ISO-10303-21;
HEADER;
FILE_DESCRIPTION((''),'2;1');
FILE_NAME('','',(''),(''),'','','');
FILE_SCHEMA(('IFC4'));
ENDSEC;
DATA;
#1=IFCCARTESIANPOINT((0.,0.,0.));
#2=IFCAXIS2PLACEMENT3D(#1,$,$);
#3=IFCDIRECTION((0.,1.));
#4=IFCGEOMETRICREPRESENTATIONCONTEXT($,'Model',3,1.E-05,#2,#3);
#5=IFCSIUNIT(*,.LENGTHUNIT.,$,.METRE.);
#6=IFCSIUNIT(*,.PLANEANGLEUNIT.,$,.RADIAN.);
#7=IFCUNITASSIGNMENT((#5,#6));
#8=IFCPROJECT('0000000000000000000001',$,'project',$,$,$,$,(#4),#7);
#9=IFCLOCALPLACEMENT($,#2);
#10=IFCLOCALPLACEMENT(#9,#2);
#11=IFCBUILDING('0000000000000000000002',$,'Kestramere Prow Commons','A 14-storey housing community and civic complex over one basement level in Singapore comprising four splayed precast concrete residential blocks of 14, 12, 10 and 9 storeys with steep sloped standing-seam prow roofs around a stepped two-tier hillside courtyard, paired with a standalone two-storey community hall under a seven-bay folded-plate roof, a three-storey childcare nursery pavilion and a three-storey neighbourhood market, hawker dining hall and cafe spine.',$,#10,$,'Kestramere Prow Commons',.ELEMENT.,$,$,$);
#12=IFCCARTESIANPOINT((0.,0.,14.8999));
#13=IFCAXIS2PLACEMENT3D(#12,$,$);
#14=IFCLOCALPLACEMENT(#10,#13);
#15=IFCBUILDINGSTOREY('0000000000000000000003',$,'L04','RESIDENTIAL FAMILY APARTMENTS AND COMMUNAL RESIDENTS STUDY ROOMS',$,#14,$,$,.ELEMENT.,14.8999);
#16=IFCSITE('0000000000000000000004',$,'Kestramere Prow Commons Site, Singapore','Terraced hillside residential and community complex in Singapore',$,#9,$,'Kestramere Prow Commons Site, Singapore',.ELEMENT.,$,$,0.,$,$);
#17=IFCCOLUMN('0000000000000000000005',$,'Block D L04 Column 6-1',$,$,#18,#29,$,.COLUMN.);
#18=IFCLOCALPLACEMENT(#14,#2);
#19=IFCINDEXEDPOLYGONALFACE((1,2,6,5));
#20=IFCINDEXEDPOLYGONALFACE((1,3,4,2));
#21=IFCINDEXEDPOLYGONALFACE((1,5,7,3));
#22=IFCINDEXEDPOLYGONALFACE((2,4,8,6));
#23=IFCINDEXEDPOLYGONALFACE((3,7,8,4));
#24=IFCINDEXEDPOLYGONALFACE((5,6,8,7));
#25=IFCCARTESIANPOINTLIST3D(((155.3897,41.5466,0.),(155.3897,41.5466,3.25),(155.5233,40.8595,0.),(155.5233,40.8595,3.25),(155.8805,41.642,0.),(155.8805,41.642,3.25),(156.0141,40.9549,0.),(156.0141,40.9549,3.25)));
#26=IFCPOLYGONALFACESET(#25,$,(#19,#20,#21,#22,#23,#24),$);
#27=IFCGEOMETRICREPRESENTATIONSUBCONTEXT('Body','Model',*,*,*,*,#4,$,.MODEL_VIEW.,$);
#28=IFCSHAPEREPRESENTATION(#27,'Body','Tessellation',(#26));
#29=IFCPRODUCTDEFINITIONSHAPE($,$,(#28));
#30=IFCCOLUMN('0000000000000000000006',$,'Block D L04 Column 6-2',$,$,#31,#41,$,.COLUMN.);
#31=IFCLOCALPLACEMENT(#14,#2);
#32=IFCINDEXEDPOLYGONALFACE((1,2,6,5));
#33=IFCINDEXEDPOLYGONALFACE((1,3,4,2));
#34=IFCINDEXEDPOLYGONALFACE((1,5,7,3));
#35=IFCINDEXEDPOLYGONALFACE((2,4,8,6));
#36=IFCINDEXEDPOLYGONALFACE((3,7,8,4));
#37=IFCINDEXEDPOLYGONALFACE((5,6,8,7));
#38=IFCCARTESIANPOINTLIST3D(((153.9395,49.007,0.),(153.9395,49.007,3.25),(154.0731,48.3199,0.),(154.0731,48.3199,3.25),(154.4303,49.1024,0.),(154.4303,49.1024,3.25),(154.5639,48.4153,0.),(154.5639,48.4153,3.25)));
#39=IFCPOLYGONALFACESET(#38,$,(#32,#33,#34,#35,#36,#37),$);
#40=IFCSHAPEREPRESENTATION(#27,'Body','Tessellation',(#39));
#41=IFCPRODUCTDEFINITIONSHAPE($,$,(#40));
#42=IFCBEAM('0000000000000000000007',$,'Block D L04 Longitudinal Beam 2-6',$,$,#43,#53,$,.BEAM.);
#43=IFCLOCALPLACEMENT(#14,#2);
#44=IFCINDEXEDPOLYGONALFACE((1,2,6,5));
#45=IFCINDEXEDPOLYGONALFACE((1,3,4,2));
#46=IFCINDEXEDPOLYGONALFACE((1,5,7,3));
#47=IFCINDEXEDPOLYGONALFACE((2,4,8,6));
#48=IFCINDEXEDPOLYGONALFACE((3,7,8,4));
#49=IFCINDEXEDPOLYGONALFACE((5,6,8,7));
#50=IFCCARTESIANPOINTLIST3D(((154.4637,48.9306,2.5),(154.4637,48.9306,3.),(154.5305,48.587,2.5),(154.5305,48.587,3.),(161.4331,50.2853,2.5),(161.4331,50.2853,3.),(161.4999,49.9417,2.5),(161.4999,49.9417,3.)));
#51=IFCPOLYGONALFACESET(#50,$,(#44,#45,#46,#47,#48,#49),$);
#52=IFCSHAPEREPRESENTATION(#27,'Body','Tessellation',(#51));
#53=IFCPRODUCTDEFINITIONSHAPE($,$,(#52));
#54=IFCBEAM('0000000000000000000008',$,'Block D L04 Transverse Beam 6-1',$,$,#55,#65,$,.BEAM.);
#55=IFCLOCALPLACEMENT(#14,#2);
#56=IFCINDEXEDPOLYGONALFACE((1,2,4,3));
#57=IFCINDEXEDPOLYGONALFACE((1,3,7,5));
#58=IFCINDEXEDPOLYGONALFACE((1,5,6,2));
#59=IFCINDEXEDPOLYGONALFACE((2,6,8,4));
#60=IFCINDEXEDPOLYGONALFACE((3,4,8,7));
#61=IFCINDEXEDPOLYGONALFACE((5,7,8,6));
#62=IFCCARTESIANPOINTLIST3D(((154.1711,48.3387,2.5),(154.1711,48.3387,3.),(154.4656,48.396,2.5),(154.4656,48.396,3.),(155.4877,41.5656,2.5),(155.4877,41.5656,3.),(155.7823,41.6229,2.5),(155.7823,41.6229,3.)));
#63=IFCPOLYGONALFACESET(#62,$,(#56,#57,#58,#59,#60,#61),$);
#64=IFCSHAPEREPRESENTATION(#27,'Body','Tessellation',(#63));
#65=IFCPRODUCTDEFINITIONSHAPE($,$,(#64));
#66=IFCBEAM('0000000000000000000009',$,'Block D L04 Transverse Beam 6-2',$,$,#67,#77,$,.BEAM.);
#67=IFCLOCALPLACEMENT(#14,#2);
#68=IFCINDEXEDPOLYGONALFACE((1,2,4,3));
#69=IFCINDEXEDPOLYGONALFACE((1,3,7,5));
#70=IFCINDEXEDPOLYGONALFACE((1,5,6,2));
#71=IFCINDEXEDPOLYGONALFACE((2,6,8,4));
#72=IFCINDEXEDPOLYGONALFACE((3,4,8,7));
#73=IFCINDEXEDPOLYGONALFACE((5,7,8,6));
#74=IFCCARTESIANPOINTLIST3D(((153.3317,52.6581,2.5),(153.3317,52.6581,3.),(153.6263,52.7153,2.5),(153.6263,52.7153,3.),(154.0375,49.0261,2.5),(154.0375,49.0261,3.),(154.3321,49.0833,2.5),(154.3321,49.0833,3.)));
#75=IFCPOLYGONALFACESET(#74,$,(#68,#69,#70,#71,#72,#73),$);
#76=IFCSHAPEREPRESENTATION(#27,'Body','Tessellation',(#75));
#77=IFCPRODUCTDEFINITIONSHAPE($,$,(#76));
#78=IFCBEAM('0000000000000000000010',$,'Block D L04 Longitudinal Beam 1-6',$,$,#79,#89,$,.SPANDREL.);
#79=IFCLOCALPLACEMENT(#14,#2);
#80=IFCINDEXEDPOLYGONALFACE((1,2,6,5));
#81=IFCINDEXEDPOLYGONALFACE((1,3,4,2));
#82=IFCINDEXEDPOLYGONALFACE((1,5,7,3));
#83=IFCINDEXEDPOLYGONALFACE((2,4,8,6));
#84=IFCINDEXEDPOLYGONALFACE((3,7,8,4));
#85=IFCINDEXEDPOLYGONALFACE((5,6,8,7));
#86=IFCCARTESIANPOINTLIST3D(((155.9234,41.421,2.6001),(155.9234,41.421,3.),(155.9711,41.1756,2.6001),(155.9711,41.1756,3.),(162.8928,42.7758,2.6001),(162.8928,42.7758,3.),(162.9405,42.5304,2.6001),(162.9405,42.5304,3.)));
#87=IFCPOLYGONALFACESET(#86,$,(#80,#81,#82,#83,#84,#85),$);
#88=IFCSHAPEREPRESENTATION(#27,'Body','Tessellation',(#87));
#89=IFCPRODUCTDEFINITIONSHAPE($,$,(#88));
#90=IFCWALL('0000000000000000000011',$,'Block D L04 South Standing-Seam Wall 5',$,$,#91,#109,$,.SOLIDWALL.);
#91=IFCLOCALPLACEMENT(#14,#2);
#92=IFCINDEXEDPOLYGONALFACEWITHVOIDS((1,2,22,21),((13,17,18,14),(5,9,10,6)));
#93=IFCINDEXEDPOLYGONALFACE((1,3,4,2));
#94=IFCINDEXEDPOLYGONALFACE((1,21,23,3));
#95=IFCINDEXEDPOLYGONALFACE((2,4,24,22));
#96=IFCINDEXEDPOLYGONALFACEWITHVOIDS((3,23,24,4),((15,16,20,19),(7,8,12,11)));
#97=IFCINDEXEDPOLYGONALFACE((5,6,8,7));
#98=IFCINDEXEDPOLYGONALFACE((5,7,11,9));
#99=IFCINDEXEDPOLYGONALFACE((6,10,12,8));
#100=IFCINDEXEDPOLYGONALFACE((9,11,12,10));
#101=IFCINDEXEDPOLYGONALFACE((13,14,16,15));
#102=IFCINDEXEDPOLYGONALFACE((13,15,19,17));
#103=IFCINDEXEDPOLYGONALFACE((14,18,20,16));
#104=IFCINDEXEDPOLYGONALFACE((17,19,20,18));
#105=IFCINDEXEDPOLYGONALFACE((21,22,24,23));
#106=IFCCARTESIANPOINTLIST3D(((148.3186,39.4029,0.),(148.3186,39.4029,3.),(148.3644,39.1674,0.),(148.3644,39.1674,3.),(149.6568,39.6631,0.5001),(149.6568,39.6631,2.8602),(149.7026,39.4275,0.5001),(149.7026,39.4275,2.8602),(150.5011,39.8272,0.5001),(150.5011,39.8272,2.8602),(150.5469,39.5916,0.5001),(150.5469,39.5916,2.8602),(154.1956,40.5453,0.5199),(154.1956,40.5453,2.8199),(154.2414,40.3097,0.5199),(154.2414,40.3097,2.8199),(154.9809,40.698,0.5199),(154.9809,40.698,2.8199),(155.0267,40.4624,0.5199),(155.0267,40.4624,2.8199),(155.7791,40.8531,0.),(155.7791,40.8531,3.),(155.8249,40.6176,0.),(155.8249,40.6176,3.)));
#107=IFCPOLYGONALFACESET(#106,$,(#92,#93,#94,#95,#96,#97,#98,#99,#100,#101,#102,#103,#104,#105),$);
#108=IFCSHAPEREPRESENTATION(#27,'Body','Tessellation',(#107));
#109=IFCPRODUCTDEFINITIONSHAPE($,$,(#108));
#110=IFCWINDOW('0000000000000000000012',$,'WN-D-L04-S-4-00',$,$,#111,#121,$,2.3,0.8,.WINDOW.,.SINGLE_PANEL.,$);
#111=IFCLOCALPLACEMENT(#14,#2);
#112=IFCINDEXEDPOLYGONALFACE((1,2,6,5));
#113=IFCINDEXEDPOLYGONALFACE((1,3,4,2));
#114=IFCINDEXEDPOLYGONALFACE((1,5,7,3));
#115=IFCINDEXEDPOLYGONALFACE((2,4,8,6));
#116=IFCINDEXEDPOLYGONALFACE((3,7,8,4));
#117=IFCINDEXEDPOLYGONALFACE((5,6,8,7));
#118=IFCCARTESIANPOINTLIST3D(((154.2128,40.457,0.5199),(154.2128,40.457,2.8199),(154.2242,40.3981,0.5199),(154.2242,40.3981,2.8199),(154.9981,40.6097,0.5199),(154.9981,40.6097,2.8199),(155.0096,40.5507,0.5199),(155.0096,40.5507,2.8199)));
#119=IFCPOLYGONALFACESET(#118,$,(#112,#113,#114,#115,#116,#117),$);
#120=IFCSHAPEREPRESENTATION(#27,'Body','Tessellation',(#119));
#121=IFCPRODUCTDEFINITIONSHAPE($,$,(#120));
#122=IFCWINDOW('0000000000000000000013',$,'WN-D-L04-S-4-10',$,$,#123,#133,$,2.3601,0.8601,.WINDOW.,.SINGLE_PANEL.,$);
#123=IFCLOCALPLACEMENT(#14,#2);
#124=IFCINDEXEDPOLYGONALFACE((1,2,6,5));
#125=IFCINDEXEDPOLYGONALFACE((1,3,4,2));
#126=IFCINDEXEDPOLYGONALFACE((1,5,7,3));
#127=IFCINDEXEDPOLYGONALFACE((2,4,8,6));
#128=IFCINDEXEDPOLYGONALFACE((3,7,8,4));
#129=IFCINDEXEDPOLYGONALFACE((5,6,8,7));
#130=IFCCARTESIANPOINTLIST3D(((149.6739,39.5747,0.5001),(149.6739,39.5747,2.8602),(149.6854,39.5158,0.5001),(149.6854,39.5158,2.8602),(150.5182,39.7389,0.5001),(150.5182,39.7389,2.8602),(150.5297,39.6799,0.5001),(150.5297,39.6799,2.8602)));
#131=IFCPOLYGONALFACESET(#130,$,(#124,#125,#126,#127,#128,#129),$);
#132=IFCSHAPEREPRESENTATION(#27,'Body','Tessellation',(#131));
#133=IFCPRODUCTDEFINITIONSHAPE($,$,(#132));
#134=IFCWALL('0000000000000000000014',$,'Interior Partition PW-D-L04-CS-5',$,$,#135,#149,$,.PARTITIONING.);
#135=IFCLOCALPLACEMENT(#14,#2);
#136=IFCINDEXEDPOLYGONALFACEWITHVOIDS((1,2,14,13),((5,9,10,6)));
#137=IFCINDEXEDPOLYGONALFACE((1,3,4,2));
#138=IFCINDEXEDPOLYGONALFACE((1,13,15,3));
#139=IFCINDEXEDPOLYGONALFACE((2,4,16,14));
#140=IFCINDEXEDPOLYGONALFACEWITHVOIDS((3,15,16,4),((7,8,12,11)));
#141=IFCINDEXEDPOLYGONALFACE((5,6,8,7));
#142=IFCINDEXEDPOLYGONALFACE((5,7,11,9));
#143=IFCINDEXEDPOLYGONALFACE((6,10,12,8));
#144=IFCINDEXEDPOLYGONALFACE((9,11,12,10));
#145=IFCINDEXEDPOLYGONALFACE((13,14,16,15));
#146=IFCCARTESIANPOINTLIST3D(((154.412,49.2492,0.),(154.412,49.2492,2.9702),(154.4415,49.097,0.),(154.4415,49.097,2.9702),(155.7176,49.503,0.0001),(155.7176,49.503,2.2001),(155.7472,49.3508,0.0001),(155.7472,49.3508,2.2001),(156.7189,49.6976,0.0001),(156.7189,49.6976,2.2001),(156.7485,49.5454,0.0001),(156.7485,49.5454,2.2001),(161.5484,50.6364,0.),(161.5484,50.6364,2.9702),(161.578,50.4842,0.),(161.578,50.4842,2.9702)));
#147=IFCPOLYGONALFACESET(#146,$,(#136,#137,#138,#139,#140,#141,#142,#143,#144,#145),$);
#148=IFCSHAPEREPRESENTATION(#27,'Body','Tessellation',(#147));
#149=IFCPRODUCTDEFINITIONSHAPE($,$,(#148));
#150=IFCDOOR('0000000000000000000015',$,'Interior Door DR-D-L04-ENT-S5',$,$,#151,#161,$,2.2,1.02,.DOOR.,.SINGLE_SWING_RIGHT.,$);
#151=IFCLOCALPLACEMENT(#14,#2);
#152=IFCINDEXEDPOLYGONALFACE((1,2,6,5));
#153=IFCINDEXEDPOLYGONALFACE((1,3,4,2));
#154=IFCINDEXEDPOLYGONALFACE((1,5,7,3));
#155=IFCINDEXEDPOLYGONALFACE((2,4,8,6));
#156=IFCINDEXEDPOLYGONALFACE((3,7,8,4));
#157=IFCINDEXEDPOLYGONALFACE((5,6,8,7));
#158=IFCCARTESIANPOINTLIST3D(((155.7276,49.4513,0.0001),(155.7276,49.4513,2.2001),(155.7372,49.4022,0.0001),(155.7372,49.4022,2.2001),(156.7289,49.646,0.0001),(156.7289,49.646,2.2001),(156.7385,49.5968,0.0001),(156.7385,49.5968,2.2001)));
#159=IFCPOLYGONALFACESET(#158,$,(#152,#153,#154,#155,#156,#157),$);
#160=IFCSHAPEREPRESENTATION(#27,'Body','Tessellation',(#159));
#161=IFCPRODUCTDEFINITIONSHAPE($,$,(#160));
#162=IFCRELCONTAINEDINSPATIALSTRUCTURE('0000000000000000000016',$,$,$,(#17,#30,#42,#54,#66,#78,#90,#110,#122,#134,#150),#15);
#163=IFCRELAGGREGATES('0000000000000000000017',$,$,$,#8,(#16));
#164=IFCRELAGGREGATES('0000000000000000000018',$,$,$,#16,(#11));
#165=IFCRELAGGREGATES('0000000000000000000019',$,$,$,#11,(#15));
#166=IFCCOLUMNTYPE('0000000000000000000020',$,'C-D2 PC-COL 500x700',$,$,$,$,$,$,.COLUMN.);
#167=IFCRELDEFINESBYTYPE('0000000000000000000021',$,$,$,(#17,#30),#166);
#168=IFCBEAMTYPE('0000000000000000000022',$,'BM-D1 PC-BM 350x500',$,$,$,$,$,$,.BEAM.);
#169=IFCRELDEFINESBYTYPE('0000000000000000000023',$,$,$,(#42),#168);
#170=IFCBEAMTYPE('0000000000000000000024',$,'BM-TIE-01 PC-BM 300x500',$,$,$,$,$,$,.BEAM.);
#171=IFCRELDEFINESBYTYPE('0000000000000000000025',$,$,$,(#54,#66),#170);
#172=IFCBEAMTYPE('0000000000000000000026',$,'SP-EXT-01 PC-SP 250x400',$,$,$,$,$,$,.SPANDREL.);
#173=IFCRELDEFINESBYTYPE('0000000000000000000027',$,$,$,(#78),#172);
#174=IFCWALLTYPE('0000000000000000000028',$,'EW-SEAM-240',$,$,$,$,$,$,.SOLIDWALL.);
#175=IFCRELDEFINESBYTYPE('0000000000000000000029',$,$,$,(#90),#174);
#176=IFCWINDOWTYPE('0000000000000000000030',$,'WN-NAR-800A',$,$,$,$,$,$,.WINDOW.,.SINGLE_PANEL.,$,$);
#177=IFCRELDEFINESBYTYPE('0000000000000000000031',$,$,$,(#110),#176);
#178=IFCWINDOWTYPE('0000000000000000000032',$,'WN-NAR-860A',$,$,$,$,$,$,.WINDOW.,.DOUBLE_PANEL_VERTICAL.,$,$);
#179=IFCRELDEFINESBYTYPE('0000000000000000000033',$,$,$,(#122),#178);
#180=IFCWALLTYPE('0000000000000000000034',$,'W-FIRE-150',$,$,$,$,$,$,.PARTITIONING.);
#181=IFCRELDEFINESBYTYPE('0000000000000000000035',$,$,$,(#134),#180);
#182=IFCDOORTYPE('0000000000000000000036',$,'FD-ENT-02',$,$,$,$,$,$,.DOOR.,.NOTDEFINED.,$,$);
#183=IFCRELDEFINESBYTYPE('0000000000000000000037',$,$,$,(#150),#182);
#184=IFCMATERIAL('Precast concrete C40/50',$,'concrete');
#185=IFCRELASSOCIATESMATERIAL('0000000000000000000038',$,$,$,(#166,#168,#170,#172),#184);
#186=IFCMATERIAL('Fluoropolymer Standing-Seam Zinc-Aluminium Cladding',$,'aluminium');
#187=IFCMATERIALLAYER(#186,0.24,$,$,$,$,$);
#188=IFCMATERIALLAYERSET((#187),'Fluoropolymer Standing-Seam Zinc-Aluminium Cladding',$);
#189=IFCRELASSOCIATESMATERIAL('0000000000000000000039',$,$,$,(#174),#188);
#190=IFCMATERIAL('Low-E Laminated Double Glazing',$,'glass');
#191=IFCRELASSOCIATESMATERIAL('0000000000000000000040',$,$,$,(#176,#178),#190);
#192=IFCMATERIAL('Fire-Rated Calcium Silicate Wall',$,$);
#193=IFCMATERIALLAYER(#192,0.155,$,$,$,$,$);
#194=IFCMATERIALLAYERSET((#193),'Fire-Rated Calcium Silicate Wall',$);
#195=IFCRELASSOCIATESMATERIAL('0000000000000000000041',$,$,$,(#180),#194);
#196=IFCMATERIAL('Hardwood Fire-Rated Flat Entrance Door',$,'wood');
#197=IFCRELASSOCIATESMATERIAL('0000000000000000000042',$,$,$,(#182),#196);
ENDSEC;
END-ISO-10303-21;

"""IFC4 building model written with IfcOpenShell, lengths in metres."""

from ifc_helpers import new_model, si_unit, direction, frame, frame_2d, origin, origin_2d, place, context, subcontext, project, spatial, rectangle, extrude, material, layer, layer_set, material_profile, profile_set, type_object, element, fill, save


model = new_model("IFC4")

# Units and contexts
model_context = context("Model", 3, precision=1e-05, world=origin(), true_north=direction((0.0, 1.0)))
body_context = subcontext(model_context, "Body", "Model", "MODEL_VIEW")
ifc_project = project(units=[si_unit("LENGTHUNIT", "METRE"), si_unit("PLANEANGLEUNIT", "RADIAN")], contexts=[model_context])

# Site, building, storey
site_placement = place(None, origin())
site = spatial("IfcSite", under=ifc_project, at=site_placement, Name="Kestramere Prow Commons Site, Singapore", Description="Terraced hillside residential and community complex in Singapore", LongName="Kestramere Prow Commons Site, Singapore", CompositionType="ELEMENT", RefElevation=0.0)
building_placement = place(site_placement, origin())
building = spatial("IfcBuilding", under=site, at=building_placement, Name="Kestramere Prow Commons", Description="A 14-storey housing community and civic complex over one basement level in Singapore comprising four splayed precast concrete residential blocks of 14, 12, 10 and 9 storeys with steep sloped standing-seam prow roofs around a stepped two-tier hillside courtyard, paired with a standalone two-storey community hall under a seven-bay folded-plate roof, a three-storey childcare nursery pavilion and a three-storey neighbourhood market, hawker dining hall and cafe spine.", LongName="Kestramere Prow Commons", CompositionType="ELEMENT")
storey_placement = place(building_placement, frame((0.0, 0.0, 14.8999)))
storey = spatial("IfcBuildingStorey", under=building, at=storey_placement, Name="L04", Description="RESIDENTIAL FAMILY APARTMENTS AND COMMUNAL RESIDENTS STUDY ROOMS", CompositionType="ELEMENT", Elevation=14.8999)

# Columns
ifc_material_1 = material(Name="Precast concrete C40/50", Category="concrete")
ifc_material_profile_1 = material_profile(ifc_material_1, rectangle(XDim=0.5, YDim=0.7, at=origin_2d()), Name="PC-COL 500x700")
ifc_profile_set_1 = profile_set([ifc_material_profile_1], Name="Precast concrete C40/50")
column_type = type_object("IfcColumnType", Name="C-D2 PC-COL 500x700", PredefinedType="COLUMN", material=ifc_profile_set_1)
for number, where, z_axis, x_axis, name in (
    (1, (155.7019, 41.2507, 0.0), (0.0, 0.0, 1.0), (0.981627, 0.190809, 0.0), "Block D L04 Column 6-1"),
    (2, (154.2517, 48.7112, 0.0), (0.0, 0.0, 1.0), (0.981627, 0.190809, 0.0), "Block D L04 Column 6-2"),
):
    element("IfcColumn", number, at=place(storey_placement, frame(where, z_axis=z_axis, x_axis=x_axis)), inside=storey, type_object=column_type, Name=name, PredefinedType="COLUMN", context=body_context, shape_type="SweptSolid", body=[
        extrude(rectangle(XDim=0.5, YDim=0.7, at=origin_2d()), origin(), (0.0, 0.0, 1.0), 3.25),
    ])

# Beams
ifc_material_profile_2 = material_profile(ifc_material_1, rectangle(XDim=0.3501, YDim=0.5, at=origin_2d()), Name="PC-BM 350x500")
ifc_profile_set_2 = profile_set([ifc_material_profile_2], Name="Precast concrete C40/50")
beam_type_1 = type_object("IfcBeamType", Name="BM-D1 PC-BM 350x500", PredefinedType="BEAM", material=ifc_profile_set_2)
beam_1_placement = place(storey_placement, frame((154.4971, 48.7588, 2.75), z_axis=(0.981627, 0.19081, 0.0), x_axis=(-0.19081, 0.981627, 0.0)))
element("IfcBeam", 3, at=beam_1_placement, inside=storey, type_object=beam_type_1, Name="Block D L04 Longitudinal Beam 2-6", PredefinedType="BEAM", context=body_context, shape_type="SweptSolid", body=[
    extrude(rectangle(XDim=0.3501, YDim=0.5, at=origin_2d()), origin(), (0.0, 0.0, 1.0), 7.0999),
])
ifc_material_profile_3 = material_profile(ifc_material_1, rectangle(XDim=0.3, YDim=0.5, at=origin_2d()), Name="PC-BM 300x500")
ifc_profile_set_3 = profile_set([ifc_material_profile_3], Name="Precast concrete C40/50")
beam_type_2 = type_object("IfcBeamType", Name="BM-TIE-01 PC-BM 300x500", PredefinedType="BEAM", material=ifc_profile_set_3)
beam_2_placement = place(storey_placement, frame((155.635, 41.5942, 2.75), z_axis=(-0.190819, 0.981625, 0.0), x_axis=(-0.981625, -0.190819, 0.0)))
element("IfcBeam", 4, at=beam_2_placement, inside=storey, type_object=beam_type_2, Name="Block D L04 Transverse Beam 6-1", PredefinedType="BEAM", context=body_context, shape_type="SweptSolid", body=[
    extrude(rectangle(XDim=0.3, YDim=0.5, at=origin_2d()), origin(), (0.0, 0.0, 1.0), 6.8999),
])
beam_3_placement = place(storey_placement, frame((154.1848, 49.0547, 2.75), z_axis=(-0.190758, 0.981637, 0.0), x_axis=(-0.981637, -0.190758, 0.0)))
element("IfcBeam", 5, at=beam_3_placement, inside=storey, type_object=beam_type_2, Name="Block D L04 Transverse Beam 6-2", PredefinedType="BEAM", context=body_context, shape_type="SweptSolid", body=[
    extrude(rectangle(XDim=0.3, YDim=0.5, at=origin_2d()), origin(), (0.0, 0.0, 1.0), 3.7),
])
ifc_material_profile_4 = material_profile(ifc_material_1, rectangle(XDim=0.25, YDim=0.3999, at=origin_2d()), Name="PC-SP 250x400")
ifc_profile_set_4 = profile_set([ifc_material_profile_4], Name="Precast concrete C40/50")
beam_type_3 = type_object("IfcBeamType", Name="SP-EXT-01 PC-SP 250x400", PredefinedType="SPANDREL", material=ifc_profile_set_4)
beam_4_placement = place(storey_placement, frame((155.9473, 41.2983, 2.8), z_axis=(0.981627, 0.19081, 0.0), x_axis=(-0.19081, 0.981627, 0.0)))
element("IfcBeam", 6, at=beam_4_placement, inside=storey, type_object=beam_type_3, Name="Block D L04 Longitudinal Beam 1-6", PredefinedType="SPANDREL", context=body_context, shape_type="SweptSolid", body=[
    extrude(rectangle(XDim=0.25, YDim=0.3999, at=origin_2d()), origin(), (0.0, 0.0, 1.0), 7.0999),
])

# Wall, openings, windows
ifc_material_2 = material(Name="Fluoropolymer Standing-Seam Zinc-Aluminium Cladding", Category="aluminium")
ifc_layer_1 = layer(ifc_material_2, 0.24)
ifc_layer_set_1 = layer_set([ifc_layer_1], Name="Fluoropolymer Standing-Seam Zinc-Aluminium Cladding")
wall_type_1 = type_object("IfcWallType", Name="EW-SEAM-240", PredefinedType="SOLIDWALL", material=ifc_layer_set_1)
wall_1_placement = place(storey_placement, frame((155.802, 40.7354, 0.0), z_axis=(0.0, 0.0, 1.0), x_axis=(-0.981626, -0.190813, 0.0)))
wall_1 = element("IfcWall", 7, at=wall_1_placement, inside=storey, type_object=wall_type_1, Name="Block D L04 South Standing-Seam Wall 5", PredefinedType="SOLIDWALL", context=body_context, shape_type="SweptSolid", body=[
    extrude(rectangle(XDim=7.6001, YDim=0.24, at=frame_2d((3.8, 0.0))), origin(), (0.0, 0.0, 1.0), 3.0),
])
opening_1_placement = place(wall_1_placement, frame((0.8132, 0.0, 0.52)))
opening_1 = element("IfcOpeningElement", 8, at=opening_1_placement, cuts=wall_1, PredefinedType="OPENING", context=body_context, shape_type="SweptSolid", body=[
    extrude(rectangle(XDim=0.8, YDim=2.3, at=frame_2d((0.3999, 1.1499))), frame((0.0, 0.135, 0.0), z_axis=(0.0, -1.0, 0.0), x_axis=(1.0, 0.0, 0.0)), (0.0, 0.0, 1.0), 0.27),
])
opening_2_placement = place(wall_1_placement, frame((5.3767, 0.0, 0.5)))
opening_2 = element("IfcOpeningElement", 9, at=opening_2_placement, cuts=wall_1, PredefinedType="OPENING", context=body_context, shape_type="SweptSolid", body=[
    extrude(rectangle(XDim=0.8601, YDim=2.3601, at=frame_2d((0.4302, 1.1802))), frame((0.0, 0.135, 0.0), z_axis=(0.0, -1.0, 0.0), x_axis=(1.0, 0.0, 0.0)), (0.0, 0.0, 1.0), 0.27),
])
ifc_material_3 = material(Name="Low-E Laminated Double Glazing", Category="glass")
window_type_1 = type_object("IfcWindowType", Name="WN-NAR-800A", PartitioningType="SINGLE_PANEL", PredefinedType="WINDOW", material=ifc_material_3)
window_1_placement = place(opening_1_placement, origin())
window_1 = element("IfcWindow", 10, at=window_1_placement, inside=storey, type_object=window_type_1, Name="WN-D-L04-S-4-00", OverallHeight=2.3, OverallWidth=0.8, PartitioningType="SINGLE_PANEL", PredefinedType="WINDOW", context=body_context, shape_type="SweptSolid", body=[
    extrude(rectangle(XDim=0.8, YDim=2.3, at=frame_2d((0.3999, 1.1499))), frame((0.0, 0.03, 0.0), z_axis=(0.0, -1.0, 0.0), x_axis=(1.0, 0.0, 0.0)), (0.0, 0.0, 1.0), 0.0601),
])
fill(opening_1, window_1)
window_type_2 = type_object("IfcWindowType", Name="WN-NAR-860A", PartitioningType="DOUBLE_PANEL_VERTICAL", PredefinedType="WINDOW", material=ifc_material_3)
window_2_placement = place(opening_2_placement, origin())
window_2 = element("IfcWindow", 11, at=window_2_placement, inside=storey, type_object=window_type_2, Name="WN-D-L04-S-4-10", OverallHeight=2.3601, OverallWidth=0.8601, PartitioningType="SINGLE_PANEL", PredefinedType="WINDOW", context=body_context, shape_type="SweptSolid", body=[
    extrude(rectangle(XDim=0.8601, YDim=2.3601, at=frame_2d((0.4302, 1.1802))), frame((0.0, 0.03, 0.0), z_axis=(0.0, -1.0, 0.0), x_axis=(1.0, 0.0, 0.0)), (0.0, 0.0, 1.0), 0.0601),
])
fill(opening_2, window_2)

# Wall, opening, door
ifc_material_4 = material(Name="Fire-Rated Calcium Silicate Wall")
ifc_layer_2 = layer(ifc_material_4, 0.155)
ifc_layer_set_2 = layer_set([ifc_layer_2], Name="Fire-Rated Calcium Silicate Wall")
wall_type_2 = type_object("IfcWallType", Name="W-FIRE-150", PredefinedType="PARTITIONING", material=ifc_layer_set_2)
wall_2_placement = place(storey_placement, frame((154.4268, 49.1731, 0.0), z_axis=(0.0, 0.0, 1.0), x_axis=(0.981627, 0.190811, 0.0)))
wall_2 = element("IfcWall", 12, at=wall_2_placement, inside=storey, type_object=wall_type_2, Name="Interior Partition PW-D-L04-CS-5", PredefinedType="PARTITIONING", context=body_context, shape_type="SweptSolid", body=[
    extrude(rectangle(XDim=7.27, YDim=0.155, at=frame_2d((3.635, 0.0))), origin(), (0.0, 0.0, 1.0), 2.9702),
])
opening_3_placement = place(wall_2_placement, frame((1.3301, 0.0, 0.0)))
opening_3 = element("IfcOpeningElement", 13, at=opening_3_placement, cuts=wall_2, PredefinedType="OPENING", context=body_context, shape_type="SweptSolid", body=[
    extrude(rectangle(XDim=1.02, YDim=2.2, at=frame_2d((0.51, 1.1001))), frame((0.0, 0.0925, 0.0), z_axis=(0.0, -1.0, 0.0), x_axis=(1.0, 0.0, 0.0)), (0.0, 0.0, 1.0), 0.1851),
])
ifc_material_5 = material(Name="Hardwood Fire-Rated Flat Entrance Door", Category="wood")
door_type_1 = type_object("IfcDoorType", Name="FD-ENT-02", OperationType="NOTDEFINED", PredefinedType="DOOR", material=ifc_material_5)
door_1_placement = place(opening_3_placement, origin())
door_1 = element("IfcDoor", 14, at=door_1_placement, inside=storey, type_object=door_type_1, Name="Interior Door DR-D-L04-ENT-S5", OperationType="SINGLE_SWING_RIGHT", OverallHeight=2.2, OverallWidth=1.02, PredefinedType="DOOR", context=body_context, shape_type="SweptSolid", body=[
    extrude(rectangle(XDim=1.02, YDim=2.2, at=frame_2d((0.51, 1.1001))), frame((0.0, 0.0249, 0.0), z_axis=(0.0, -1.0, 0.0), x_axis=(1.0, 0.0, 0.0)), (0.0, 0.0, 1.0), 0.05),
])
fill(opening_3, door_1)

save(model, "model.ifc")
